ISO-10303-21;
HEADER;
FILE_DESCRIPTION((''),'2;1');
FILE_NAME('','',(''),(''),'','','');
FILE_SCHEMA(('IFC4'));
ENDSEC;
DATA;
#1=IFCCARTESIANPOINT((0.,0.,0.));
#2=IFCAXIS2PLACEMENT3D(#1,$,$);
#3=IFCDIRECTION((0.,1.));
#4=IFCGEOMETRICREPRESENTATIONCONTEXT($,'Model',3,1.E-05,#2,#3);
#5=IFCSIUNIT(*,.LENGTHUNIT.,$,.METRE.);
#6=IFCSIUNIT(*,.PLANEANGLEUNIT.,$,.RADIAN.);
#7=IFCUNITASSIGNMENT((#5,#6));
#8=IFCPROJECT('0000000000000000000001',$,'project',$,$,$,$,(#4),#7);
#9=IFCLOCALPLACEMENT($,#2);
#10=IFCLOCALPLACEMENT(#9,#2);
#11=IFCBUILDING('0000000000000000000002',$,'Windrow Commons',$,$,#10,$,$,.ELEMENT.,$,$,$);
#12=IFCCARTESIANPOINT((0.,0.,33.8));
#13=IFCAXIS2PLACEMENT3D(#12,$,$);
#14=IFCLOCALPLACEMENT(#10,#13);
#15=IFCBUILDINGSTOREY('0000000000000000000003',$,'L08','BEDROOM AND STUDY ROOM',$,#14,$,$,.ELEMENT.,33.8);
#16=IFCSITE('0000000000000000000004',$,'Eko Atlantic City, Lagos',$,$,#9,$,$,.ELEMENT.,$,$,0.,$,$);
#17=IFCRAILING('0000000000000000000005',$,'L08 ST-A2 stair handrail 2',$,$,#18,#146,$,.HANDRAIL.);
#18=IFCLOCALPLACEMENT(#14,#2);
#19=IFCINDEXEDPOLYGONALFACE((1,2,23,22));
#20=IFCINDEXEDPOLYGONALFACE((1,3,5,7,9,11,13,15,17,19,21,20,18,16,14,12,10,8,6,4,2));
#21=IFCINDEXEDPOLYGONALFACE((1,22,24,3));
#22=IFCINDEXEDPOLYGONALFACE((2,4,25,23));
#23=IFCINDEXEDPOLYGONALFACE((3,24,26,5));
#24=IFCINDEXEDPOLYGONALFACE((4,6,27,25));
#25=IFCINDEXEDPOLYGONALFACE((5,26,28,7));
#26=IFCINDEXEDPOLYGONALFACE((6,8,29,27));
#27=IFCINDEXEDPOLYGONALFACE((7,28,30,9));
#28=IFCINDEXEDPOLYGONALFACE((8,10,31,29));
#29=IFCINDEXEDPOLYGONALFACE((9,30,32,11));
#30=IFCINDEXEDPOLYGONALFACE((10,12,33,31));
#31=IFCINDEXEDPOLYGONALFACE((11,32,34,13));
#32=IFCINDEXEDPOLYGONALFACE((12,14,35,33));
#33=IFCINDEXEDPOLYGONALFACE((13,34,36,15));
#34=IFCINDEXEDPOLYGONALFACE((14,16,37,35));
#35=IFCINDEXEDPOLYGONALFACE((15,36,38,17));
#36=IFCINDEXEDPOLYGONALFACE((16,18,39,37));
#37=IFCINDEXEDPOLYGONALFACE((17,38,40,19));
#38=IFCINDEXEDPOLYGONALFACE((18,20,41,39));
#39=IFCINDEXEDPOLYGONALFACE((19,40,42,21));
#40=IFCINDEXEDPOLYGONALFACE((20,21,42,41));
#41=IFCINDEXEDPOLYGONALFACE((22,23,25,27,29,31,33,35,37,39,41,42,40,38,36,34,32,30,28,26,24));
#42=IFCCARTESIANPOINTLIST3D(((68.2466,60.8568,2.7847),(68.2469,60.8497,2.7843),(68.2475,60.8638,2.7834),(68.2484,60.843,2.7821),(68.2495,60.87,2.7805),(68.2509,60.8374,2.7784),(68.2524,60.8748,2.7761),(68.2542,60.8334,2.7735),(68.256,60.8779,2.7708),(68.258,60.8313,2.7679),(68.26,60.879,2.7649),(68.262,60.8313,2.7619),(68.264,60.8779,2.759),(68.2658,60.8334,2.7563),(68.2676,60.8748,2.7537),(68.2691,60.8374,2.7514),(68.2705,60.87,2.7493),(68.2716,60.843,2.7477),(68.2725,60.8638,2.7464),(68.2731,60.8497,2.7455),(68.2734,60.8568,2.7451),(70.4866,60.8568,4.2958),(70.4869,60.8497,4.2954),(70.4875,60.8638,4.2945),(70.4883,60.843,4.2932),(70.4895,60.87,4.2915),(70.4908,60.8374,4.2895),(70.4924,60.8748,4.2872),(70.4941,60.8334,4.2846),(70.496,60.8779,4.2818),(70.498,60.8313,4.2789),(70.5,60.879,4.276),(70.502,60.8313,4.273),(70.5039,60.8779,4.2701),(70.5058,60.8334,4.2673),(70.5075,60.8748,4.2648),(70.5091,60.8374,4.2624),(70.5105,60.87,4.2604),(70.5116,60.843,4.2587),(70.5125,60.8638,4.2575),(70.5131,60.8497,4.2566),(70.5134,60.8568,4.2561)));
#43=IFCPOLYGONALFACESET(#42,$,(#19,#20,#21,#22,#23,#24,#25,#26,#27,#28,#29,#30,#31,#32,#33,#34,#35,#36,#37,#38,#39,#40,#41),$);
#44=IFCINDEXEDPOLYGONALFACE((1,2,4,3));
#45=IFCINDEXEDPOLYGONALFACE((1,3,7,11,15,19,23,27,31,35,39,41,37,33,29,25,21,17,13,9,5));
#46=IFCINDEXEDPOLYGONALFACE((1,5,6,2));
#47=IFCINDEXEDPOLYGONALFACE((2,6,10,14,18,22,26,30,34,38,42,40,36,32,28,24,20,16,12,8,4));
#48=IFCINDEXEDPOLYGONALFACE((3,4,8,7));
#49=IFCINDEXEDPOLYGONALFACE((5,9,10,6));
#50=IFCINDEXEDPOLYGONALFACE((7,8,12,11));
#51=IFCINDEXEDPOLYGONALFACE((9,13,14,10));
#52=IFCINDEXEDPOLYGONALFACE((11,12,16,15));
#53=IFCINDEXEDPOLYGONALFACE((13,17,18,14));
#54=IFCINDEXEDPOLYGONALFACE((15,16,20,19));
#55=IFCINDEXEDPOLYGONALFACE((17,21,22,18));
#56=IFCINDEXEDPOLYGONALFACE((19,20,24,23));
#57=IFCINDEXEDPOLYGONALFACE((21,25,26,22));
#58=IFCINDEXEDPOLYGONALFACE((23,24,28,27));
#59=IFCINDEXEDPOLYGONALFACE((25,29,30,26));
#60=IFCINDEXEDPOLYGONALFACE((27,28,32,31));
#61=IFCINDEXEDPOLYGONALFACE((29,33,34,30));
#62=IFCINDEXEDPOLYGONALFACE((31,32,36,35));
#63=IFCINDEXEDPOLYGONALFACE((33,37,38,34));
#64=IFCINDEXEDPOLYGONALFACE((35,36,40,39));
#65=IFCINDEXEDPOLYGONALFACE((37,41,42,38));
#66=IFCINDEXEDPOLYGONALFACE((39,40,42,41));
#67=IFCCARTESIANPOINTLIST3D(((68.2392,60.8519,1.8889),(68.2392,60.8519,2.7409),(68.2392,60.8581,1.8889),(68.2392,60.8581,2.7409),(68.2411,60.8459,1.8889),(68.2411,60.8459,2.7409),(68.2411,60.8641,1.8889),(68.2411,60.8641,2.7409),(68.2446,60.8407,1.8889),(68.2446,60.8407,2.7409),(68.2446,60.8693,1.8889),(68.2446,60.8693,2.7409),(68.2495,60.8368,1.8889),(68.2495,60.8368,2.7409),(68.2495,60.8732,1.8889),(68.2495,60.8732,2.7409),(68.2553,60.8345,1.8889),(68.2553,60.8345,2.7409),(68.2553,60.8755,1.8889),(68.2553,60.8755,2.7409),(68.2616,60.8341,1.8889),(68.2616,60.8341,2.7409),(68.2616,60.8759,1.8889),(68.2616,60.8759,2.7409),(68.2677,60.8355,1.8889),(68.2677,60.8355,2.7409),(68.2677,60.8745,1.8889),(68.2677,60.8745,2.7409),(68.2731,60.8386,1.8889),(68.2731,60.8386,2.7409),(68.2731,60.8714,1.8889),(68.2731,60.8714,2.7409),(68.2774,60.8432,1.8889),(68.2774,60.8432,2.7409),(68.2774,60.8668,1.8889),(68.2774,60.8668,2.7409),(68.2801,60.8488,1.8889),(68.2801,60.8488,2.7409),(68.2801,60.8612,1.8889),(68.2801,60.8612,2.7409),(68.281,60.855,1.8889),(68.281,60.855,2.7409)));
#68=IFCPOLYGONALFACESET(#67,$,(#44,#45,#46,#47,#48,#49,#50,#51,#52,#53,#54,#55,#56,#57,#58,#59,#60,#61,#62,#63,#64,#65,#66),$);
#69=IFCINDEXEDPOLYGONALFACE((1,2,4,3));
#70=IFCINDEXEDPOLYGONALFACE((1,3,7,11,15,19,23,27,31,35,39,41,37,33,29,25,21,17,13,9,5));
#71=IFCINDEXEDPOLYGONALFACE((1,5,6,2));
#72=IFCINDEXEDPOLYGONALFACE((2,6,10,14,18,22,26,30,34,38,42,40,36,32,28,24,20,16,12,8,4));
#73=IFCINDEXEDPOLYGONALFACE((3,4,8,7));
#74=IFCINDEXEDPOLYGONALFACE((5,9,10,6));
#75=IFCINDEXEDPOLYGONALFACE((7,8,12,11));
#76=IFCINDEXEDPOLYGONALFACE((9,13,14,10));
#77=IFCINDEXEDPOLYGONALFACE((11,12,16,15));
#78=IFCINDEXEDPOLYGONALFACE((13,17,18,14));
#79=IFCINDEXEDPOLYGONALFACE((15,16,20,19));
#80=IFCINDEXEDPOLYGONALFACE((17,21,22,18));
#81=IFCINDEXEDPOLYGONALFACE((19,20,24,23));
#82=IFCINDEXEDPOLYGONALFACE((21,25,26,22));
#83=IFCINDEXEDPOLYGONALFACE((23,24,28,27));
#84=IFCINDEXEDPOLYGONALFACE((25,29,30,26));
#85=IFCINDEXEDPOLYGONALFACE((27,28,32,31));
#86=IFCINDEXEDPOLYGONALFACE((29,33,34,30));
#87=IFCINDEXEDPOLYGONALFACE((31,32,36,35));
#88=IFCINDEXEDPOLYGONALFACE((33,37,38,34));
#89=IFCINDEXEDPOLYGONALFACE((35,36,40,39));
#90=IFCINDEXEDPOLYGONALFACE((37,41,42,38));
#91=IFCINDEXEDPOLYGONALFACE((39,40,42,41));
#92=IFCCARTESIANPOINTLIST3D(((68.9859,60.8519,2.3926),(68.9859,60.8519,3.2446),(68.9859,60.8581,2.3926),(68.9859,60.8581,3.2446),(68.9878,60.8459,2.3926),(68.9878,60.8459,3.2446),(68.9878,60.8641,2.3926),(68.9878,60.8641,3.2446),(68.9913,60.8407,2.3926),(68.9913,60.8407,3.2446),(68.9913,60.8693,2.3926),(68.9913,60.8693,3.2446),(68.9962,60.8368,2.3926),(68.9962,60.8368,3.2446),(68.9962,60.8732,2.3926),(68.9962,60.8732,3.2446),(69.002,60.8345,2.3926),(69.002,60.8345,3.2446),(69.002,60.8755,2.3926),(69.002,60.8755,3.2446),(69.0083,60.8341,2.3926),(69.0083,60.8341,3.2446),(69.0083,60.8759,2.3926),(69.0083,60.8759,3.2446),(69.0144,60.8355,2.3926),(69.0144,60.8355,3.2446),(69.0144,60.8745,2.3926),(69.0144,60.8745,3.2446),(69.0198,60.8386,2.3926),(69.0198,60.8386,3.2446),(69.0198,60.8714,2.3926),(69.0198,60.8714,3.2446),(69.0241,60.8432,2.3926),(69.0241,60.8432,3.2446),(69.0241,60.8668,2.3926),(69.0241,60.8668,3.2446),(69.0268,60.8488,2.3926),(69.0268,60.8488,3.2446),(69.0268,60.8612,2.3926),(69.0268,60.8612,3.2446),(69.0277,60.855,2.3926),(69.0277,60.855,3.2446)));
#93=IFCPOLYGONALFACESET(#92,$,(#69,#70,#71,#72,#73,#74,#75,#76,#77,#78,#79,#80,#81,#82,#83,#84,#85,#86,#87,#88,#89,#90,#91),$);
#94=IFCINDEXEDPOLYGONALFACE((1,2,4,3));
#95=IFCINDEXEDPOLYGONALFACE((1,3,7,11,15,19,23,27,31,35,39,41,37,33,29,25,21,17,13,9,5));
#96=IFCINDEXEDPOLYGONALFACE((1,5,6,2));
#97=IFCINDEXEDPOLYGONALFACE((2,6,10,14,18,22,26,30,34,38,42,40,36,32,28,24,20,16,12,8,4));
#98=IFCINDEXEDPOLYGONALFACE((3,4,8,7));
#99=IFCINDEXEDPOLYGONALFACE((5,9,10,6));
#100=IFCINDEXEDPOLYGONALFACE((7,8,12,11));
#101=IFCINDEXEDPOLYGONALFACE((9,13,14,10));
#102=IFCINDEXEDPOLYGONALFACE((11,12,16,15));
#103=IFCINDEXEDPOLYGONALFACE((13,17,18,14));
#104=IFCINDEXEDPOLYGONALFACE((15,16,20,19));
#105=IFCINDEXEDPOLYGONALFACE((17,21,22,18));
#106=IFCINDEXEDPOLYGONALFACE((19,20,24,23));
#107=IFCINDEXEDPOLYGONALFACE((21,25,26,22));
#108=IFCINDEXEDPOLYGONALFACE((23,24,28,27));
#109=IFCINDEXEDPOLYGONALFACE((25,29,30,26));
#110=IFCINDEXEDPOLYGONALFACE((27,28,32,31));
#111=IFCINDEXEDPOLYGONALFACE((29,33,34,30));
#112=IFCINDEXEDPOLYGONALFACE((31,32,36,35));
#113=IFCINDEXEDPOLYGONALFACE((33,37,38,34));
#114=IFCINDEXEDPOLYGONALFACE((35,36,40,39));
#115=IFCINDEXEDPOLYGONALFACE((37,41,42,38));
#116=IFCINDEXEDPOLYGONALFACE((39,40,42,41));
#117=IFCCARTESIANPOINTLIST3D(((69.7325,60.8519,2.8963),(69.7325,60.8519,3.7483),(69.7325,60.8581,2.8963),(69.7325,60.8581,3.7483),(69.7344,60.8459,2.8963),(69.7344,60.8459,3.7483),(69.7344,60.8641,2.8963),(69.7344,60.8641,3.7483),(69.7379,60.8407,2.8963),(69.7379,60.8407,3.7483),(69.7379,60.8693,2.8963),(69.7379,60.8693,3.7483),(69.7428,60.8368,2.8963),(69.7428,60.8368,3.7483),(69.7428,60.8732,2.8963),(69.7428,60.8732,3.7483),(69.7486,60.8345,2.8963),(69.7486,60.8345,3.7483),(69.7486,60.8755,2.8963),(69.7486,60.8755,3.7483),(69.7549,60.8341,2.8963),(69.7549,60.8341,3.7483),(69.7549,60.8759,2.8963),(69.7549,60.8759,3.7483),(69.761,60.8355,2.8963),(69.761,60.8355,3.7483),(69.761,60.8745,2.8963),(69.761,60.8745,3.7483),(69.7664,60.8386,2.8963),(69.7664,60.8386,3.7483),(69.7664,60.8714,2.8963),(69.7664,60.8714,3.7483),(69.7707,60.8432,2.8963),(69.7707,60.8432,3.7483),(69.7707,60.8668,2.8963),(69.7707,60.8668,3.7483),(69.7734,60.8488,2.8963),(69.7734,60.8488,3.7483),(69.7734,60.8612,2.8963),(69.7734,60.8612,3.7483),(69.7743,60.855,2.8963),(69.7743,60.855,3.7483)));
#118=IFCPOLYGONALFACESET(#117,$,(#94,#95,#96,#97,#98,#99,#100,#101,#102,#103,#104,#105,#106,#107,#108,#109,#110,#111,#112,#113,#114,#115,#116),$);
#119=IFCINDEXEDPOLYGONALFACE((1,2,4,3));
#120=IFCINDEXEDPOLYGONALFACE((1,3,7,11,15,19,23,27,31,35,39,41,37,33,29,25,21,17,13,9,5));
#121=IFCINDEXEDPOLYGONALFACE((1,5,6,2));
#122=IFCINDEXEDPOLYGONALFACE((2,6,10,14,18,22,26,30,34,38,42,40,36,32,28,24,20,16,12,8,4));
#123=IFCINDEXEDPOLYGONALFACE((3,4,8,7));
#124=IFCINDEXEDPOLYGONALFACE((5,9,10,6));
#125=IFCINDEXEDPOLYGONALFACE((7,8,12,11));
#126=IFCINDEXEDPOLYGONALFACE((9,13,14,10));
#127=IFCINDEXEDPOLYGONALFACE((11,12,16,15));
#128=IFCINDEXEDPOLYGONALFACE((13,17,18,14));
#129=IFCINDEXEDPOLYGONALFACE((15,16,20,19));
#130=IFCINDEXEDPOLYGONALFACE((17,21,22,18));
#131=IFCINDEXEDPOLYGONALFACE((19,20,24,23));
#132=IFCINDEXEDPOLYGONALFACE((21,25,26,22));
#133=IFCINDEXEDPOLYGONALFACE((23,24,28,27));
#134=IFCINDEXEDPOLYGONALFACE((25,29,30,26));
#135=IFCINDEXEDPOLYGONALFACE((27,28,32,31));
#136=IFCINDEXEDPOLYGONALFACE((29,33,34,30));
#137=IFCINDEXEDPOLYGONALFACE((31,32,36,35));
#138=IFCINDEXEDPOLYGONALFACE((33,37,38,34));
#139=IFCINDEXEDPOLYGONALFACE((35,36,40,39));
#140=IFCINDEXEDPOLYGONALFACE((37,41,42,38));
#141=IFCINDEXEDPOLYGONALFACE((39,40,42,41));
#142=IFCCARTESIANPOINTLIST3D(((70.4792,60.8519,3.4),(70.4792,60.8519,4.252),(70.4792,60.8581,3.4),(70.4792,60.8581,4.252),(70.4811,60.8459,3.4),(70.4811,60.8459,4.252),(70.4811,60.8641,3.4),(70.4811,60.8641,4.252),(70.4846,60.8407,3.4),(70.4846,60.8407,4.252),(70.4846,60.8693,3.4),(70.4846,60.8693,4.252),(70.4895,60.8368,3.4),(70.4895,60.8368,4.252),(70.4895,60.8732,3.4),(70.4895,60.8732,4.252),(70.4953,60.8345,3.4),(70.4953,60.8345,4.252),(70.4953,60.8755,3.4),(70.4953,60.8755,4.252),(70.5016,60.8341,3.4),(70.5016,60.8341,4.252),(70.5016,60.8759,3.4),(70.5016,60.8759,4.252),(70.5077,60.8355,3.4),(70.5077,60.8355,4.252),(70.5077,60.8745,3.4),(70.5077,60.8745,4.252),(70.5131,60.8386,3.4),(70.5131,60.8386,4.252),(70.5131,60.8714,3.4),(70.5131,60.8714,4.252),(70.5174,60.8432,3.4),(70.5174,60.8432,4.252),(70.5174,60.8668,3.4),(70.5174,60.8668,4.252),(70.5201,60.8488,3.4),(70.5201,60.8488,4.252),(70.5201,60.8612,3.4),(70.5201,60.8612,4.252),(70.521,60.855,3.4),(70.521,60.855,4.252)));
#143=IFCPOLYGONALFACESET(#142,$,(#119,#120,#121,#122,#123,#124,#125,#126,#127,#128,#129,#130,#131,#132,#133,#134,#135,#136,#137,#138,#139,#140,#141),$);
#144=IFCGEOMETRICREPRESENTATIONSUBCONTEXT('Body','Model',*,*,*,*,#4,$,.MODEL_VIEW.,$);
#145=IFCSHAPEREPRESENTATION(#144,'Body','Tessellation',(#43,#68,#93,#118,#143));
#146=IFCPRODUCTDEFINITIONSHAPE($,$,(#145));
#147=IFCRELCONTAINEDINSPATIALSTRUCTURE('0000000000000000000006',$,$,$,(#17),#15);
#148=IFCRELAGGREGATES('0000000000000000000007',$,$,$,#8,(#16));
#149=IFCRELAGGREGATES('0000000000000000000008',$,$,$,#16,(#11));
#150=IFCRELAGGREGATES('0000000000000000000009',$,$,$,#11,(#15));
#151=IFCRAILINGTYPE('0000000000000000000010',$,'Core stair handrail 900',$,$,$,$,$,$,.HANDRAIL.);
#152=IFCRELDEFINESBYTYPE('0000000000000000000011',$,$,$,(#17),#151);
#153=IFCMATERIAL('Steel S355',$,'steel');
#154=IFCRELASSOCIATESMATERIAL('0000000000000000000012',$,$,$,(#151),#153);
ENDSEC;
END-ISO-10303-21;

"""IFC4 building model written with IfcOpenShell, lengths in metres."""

from ifc_helpers import new_model, si_unit, direction, frame, origin, origin_2d, place, context, subcontext, project, spatial, circle, extrude, material, type_object, element, save


model = new_model("IFC4")

# Units and contexts
model_context = context("Model", 3, precision=1e-05, world=origin(), true_north=direction((0.0, 1.0)))
body_context = subcontext(model_context, "Body", "Model", "MODEL_VIEW")
ifc_project = project(units=[si_unit("LENGTHUNIT", "METRE"), si_unit("PLANEANGLEUNIT", "RADIAN")], contexts=[model_context])

# Site, building, storey
site_placement = place(None, origin())
site = spatial("IfcSite", under=ifc_project, at=site_placement, Name="Eko Atlantic City, Lagos", CompositionType="ELEMENT", RefElevation=0.0)
building_placement = place(site_placement, origin())
building = spatial("IfcBuilding", under=site, at=building_placement, Name="Windrow Commons", CompositionType="ELEMENT")
storey_placement = place(building_placement, frame((0.0, 0.0, 33.8)))
storey = spatial("IfcBuildingStorey", under=building, at=storey_placement, Name="L08", Description="BEDROOM AND STUDY ROOM", CompositionType="ELEMENT", Elevation=33.8)

# Railing
ifc_material_1 = material(Name="Steel S355", Category="steel")
railing_type_1 = type_object("IfcRailingType", Name="Core stair handrail 900", PredefinedType="HANDRAIL", material=ifc_material_1)
railing_1_placement = place(storey_placement, frame((68.26, 60.855, 1.8889)))
element("IfcRailing", 1, at=railing_1_placement, inside=storey, type_object=railing_type_1, Name="L08 ST-A2 stair handrail 2", PredefinedType="HANDRAIL", context=body_context, shape_type="SweptSolid", body=[
    extrude(circle(Radius=0.024, at=origin_2d()), frame((0.0, 0.0, 0.876), z_axis=(0.829003, 0.0, 0.559244), x_axis=(0.0, 1.0, 0.0)), (0.0, 0.0, 1.0), 2.702),
    extrude(circle(Radius=0.021, at=origin_2d()), origin(), (0.0, 0.0, 1.0), 0.852),
    extrude(circle(Radius=0.021, at=origin_2d()), frame((0.7467, 0.0, 0.5037)), (0.0, 0.0, 1.0), 0.852),
    extrude(circle(Radius=0.021, at=origin_2d()), frame((1.4933, 0.0, 1.0074)), (0.0, 0.0, 1.0), 0.852),
    extrude(circle(Radius=0.021, at=origin_2d()), frame((2.24, 0.0, 1.5111)), (0.0, 0.0, 1.0), 0.852),
])

save(model, "model.ifc")
